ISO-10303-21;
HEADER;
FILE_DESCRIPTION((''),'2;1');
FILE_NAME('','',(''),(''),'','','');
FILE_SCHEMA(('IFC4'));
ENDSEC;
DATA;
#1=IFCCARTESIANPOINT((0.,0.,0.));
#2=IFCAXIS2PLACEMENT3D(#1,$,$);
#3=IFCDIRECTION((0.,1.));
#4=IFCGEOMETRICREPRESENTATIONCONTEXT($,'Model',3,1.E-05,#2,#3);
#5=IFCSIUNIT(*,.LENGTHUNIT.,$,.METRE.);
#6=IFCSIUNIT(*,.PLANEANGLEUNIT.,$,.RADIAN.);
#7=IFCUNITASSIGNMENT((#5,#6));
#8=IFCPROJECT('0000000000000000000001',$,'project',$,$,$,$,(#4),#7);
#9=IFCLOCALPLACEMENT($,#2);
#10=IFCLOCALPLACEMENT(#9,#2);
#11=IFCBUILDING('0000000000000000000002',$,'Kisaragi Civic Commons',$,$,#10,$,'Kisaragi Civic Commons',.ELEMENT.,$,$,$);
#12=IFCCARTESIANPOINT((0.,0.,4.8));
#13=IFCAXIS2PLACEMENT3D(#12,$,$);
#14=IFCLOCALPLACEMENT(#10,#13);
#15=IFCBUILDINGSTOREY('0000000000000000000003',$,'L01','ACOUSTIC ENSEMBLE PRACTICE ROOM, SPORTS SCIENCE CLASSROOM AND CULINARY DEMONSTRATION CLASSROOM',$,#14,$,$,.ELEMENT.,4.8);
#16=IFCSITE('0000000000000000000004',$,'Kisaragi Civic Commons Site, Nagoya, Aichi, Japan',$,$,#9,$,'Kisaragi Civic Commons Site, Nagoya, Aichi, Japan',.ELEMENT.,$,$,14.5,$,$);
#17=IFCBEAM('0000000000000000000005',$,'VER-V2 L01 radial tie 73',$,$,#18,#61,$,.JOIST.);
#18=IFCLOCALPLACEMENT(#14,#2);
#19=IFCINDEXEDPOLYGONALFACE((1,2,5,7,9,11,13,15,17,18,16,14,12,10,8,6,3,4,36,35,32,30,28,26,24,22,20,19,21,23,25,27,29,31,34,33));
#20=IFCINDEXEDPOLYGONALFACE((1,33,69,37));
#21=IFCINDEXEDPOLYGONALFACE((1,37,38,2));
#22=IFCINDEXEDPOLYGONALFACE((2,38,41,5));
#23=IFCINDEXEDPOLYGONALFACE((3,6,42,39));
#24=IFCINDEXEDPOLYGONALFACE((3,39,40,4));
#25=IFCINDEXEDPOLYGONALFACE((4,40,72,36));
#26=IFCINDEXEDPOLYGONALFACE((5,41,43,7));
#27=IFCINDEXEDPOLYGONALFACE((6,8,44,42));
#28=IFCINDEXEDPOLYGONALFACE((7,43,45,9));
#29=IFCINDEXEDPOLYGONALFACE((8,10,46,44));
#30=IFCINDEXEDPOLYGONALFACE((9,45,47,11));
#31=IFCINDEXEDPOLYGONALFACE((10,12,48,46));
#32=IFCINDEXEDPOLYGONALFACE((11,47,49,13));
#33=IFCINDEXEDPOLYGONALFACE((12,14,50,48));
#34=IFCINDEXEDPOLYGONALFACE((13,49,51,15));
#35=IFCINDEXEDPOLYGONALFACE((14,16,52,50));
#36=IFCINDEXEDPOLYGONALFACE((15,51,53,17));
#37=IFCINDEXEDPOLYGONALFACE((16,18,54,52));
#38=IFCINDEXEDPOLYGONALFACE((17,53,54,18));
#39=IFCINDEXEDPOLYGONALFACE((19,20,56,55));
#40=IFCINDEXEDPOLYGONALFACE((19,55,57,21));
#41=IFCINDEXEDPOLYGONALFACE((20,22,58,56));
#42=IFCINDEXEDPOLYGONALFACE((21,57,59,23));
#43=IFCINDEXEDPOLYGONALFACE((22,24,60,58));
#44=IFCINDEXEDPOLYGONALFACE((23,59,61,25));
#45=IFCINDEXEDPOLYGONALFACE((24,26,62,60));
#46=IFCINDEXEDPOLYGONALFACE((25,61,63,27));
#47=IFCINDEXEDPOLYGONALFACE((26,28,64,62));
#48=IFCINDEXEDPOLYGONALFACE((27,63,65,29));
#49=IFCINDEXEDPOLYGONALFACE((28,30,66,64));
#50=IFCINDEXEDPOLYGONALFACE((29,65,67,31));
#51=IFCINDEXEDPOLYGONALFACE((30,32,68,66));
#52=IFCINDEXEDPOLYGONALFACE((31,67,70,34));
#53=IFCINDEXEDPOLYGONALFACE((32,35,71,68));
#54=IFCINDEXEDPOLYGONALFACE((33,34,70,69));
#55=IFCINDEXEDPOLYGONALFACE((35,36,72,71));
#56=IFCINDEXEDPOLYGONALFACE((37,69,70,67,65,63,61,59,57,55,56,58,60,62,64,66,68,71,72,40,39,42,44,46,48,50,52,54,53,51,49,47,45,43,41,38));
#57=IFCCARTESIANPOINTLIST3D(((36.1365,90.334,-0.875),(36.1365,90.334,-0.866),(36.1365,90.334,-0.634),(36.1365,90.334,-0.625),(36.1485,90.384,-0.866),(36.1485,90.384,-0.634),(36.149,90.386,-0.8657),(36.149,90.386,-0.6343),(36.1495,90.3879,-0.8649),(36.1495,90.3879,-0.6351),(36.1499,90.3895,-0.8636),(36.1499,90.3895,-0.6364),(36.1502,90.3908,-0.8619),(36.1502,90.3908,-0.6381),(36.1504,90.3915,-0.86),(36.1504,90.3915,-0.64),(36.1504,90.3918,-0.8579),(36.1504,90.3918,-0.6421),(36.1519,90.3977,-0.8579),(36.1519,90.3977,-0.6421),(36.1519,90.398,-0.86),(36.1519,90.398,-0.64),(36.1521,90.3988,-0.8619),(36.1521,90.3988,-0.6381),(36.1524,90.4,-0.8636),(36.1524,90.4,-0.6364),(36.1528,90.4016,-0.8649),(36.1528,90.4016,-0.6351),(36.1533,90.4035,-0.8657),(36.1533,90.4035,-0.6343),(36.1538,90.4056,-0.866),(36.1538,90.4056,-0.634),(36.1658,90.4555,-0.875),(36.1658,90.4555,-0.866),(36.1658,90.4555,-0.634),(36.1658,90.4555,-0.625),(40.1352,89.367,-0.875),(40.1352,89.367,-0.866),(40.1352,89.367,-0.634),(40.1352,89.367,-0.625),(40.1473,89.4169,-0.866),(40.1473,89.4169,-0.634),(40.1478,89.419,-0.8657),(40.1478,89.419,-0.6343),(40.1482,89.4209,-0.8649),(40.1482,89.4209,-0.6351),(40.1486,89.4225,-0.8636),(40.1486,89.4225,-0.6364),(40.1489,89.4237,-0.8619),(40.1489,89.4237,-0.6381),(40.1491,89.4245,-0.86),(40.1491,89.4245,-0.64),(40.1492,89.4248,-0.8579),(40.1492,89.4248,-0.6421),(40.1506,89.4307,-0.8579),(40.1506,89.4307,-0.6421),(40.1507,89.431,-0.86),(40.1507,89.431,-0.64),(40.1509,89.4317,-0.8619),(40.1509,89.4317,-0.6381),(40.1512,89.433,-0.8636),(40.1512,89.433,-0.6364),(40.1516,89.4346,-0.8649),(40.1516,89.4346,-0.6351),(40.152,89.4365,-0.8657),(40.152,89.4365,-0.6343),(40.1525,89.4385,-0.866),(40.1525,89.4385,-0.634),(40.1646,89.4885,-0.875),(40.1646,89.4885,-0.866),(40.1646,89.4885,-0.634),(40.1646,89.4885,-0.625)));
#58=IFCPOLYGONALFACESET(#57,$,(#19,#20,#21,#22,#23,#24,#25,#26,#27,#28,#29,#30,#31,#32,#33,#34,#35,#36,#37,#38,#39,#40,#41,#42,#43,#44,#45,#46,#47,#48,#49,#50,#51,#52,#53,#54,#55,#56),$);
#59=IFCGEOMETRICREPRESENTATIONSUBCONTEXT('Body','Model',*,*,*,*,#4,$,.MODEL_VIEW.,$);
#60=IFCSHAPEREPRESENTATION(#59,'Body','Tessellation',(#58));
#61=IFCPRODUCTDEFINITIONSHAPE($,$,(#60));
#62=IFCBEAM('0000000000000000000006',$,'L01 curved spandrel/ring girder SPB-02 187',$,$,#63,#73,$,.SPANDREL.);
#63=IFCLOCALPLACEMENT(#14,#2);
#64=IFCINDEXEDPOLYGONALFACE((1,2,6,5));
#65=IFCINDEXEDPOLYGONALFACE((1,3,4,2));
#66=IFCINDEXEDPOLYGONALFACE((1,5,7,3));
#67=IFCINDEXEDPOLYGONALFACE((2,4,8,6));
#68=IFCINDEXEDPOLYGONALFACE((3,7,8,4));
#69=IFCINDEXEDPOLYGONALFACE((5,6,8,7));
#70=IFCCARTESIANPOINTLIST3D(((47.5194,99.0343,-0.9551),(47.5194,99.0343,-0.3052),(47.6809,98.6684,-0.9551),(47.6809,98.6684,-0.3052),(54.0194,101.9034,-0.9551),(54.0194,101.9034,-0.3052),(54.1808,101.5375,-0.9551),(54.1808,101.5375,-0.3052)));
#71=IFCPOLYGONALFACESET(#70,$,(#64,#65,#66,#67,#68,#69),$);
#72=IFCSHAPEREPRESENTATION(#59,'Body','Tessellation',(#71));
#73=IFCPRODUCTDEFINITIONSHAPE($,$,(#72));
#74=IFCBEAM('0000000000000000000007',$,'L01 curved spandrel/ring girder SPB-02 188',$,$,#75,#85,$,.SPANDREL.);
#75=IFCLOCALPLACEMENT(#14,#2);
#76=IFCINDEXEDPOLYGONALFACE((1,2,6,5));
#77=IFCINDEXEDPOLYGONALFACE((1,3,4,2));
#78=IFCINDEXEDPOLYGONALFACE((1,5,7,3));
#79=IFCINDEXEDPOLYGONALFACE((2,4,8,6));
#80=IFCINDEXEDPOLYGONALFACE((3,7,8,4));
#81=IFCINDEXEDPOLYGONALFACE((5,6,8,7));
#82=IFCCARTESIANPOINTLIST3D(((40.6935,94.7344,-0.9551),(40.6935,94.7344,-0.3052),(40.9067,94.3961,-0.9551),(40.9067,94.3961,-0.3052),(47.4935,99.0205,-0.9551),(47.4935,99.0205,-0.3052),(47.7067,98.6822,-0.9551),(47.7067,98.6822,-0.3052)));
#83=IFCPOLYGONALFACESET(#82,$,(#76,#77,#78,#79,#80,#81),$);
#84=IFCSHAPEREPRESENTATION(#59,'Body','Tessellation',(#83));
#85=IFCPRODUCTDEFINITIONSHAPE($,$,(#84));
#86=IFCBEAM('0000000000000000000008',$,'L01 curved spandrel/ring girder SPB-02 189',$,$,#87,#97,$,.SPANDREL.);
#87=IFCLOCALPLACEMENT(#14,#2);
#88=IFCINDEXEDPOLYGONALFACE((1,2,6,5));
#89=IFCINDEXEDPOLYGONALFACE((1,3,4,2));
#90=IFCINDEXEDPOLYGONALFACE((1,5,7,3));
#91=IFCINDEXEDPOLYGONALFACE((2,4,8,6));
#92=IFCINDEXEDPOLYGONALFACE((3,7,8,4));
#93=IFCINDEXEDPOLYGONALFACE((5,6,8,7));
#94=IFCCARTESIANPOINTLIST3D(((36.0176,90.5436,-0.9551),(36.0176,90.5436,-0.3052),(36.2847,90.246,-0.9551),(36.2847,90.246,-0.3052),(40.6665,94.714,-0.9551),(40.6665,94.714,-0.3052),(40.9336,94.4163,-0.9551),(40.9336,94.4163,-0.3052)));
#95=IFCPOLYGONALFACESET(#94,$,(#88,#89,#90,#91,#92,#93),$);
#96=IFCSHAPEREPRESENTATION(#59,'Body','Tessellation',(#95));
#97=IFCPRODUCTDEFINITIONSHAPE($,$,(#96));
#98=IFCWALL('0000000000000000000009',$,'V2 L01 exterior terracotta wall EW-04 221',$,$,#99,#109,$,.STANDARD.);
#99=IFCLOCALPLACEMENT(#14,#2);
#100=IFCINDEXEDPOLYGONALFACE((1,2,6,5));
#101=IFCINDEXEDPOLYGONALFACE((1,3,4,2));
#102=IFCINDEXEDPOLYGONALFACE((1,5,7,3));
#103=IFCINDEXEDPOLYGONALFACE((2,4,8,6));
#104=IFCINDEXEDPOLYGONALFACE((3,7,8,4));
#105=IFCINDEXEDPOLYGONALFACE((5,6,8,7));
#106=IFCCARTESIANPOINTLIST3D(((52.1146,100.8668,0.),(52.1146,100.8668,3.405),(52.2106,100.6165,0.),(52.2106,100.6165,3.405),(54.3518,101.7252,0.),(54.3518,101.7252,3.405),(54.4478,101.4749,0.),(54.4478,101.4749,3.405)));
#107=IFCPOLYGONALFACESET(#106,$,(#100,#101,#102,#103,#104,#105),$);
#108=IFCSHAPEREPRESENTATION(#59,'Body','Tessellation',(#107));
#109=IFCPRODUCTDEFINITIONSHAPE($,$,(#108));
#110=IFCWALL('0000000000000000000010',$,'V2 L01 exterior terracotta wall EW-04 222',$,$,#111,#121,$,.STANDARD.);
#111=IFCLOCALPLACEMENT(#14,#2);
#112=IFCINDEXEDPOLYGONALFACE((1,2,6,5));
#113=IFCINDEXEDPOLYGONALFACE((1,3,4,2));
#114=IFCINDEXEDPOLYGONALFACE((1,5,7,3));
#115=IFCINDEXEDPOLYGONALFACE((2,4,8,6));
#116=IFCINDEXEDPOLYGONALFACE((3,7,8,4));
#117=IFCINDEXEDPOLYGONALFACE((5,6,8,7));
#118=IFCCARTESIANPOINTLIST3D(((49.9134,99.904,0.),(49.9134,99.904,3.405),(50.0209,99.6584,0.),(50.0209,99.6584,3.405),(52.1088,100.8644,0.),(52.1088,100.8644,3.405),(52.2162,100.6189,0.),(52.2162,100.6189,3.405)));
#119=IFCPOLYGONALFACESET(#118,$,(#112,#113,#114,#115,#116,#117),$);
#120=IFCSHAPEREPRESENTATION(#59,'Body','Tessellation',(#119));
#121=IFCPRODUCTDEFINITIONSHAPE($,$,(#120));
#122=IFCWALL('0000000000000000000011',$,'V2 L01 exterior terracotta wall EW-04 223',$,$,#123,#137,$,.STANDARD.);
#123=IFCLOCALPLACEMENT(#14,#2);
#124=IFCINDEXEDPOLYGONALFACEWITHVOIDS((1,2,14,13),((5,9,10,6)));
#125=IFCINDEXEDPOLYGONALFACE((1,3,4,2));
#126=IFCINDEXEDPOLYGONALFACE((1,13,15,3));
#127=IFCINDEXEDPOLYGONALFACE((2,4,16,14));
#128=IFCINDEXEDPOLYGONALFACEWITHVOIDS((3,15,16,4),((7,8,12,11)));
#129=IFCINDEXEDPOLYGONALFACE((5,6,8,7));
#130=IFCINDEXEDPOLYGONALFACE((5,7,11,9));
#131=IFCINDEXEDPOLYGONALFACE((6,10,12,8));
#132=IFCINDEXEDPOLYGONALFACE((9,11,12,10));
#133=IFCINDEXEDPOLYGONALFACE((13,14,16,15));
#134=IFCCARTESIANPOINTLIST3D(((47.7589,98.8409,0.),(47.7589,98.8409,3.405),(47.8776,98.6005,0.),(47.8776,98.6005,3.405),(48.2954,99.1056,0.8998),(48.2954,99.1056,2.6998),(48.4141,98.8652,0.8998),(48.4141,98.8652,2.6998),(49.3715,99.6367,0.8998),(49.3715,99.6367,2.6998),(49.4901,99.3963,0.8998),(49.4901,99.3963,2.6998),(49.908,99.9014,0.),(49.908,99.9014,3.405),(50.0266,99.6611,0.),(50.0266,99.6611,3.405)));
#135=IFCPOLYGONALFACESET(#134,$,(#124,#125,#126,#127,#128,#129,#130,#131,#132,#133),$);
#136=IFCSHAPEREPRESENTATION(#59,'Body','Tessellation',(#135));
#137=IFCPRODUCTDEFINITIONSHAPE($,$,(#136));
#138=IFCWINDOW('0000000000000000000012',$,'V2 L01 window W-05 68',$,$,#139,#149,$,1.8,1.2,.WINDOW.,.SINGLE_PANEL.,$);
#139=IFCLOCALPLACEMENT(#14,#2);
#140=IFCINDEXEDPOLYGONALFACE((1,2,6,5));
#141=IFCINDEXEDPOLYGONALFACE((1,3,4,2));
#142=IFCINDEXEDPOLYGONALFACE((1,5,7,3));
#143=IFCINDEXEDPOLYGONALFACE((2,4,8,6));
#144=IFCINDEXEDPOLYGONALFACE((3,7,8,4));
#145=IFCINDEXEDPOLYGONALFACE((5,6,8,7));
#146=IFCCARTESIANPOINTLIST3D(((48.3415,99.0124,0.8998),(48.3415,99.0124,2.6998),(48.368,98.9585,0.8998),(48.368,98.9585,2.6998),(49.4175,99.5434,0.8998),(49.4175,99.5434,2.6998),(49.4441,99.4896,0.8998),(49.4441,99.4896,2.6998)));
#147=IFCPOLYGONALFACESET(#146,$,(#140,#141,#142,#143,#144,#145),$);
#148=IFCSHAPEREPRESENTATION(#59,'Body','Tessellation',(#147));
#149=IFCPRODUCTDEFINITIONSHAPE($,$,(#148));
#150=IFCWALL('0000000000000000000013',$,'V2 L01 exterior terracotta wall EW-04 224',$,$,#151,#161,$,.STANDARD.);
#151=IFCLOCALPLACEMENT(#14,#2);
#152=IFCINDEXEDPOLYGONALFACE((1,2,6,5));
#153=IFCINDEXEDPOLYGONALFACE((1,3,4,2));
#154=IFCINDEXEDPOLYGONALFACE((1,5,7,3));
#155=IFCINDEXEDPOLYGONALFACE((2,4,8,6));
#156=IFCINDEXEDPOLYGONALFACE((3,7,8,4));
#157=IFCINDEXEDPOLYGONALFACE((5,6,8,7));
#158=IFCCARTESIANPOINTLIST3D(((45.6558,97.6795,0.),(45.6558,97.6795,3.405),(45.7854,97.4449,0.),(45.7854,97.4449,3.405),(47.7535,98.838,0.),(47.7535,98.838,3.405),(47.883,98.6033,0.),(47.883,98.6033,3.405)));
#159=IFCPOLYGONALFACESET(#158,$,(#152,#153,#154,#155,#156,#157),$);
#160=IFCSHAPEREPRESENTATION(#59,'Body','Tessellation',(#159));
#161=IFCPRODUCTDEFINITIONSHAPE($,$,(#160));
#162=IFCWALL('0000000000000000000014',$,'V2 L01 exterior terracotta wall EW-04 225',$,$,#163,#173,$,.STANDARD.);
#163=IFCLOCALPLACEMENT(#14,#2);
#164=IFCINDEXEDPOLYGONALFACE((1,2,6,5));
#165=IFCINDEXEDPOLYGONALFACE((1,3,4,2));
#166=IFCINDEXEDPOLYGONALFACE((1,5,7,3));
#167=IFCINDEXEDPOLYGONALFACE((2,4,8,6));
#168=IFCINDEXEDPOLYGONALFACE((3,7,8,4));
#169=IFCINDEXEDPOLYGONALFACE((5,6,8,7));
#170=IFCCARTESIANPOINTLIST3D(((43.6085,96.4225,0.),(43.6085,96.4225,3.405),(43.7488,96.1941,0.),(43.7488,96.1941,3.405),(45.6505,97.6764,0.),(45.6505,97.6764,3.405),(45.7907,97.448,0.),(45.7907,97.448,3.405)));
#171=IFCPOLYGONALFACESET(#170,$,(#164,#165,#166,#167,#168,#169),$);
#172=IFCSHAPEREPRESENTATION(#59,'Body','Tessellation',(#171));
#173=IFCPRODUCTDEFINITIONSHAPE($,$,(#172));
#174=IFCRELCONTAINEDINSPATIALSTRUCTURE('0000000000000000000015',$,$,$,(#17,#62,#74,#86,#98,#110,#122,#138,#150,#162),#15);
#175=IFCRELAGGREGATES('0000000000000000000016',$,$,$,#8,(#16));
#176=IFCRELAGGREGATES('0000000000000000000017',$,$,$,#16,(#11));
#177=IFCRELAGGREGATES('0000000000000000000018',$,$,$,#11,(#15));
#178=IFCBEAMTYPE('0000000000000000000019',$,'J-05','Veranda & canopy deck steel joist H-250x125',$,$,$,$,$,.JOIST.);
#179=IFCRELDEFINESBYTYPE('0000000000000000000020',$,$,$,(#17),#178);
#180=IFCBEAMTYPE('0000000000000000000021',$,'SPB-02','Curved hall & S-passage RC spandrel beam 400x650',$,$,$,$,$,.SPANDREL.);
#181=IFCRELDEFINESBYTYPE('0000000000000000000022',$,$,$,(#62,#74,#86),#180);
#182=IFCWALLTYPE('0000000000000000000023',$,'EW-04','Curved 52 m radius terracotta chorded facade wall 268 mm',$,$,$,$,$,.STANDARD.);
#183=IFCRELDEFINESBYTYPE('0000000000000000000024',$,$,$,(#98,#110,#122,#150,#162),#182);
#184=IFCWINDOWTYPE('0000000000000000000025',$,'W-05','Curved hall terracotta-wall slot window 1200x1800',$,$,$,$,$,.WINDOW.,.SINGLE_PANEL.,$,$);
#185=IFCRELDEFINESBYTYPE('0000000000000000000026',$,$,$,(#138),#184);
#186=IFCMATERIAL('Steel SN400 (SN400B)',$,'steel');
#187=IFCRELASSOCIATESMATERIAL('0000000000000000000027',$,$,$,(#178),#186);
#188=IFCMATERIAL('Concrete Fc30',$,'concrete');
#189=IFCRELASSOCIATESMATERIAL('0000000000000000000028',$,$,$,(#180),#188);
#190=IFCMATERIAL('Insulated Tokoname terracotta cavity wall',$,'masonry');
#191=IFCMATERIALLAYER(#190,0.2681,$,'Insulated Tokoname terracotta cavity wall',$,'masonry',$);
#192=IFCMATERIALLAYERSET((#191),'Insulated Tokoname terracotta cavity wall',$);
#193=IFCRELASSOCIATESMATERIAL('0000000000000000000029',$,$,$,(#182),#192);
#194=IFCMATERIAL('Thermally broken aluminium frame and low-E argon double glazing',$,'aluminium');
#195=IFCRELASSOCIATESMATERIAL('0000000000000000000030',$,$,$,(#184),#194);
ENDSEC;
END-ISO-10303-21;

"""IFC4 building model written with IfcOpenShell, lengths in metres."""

from ifc_helpers import new_model, si_unit, direction, frame, frame_2d, origin, origin_2d, place, context, subcontext, project, spatial, rectangle, i_section, extrude, material, layer, layer_set, material_profile, profile_set, type_object, element, fill, save


model = new_model("IFC4")

# Units and contexts
model_context = context("Model", 3, precision=1e-05, world=origin(), true_north=direction((0.0, 1.0)))
body_context = subcontext(model_context, "Body", "Model", "MODEL_VIEW")
ifc_project = project(units=[si_unit("LENGTHUNIT", "METRE"), si_unit("PLANEANGLEUNIT", "RADIAN")], contexts=[model_context])

# Site, building, storey
site_placement = place(None, origin())
site = spatial("IfcSite", under=ifc_project, at=site_placement, Name="Kisaragi Civic Commons Site, Nagoya, Aichi, Japan", LongName="Kisaragi Civic Commons Site, Nagoya, Aichi, Japan", CompositionType="ELEMENT", RefElevation=14.5)
building_placement = place(site_placement, origin())
building = spatial("IfcBuilding", under=site, at=building_placement, Name="Kisaragi Civic Commons", LongName="Kisaragi Civic Commons", CompositionType="ELEMENT")
storey_placement = place(building_placement, frame((0.0, 0.0, 4.8)))
storey = spatial("IfcBuildingStorey", under=building, at=storey_placement, Name="L01", Description="ACOUSTIC ENSEMBLE PRACTICE ROOM, SPORTS SCIENCE CLASSROOM AND CULINARY DEMONSTRATION CLASSROOM", CompositionType="ELEMENT", Elevation=4.8)

# Shared definitions
ifc_material_1 = material(Name="Concrete Fc30", Category="concrete")

# Beams
ifc_material_2 = material(Name="Steel SN400 (SN400B)", Category="steel")
ifc_material_profile_1 = material_profile(ifc_material_2, i_section(OverallWidth=0.125, OverallDepth=0.25, WebThickness=0.0061, FlangeThickness=0.009, FilletRadius=0.0081, at=origin_2d()), Name="H-250x125x6x9", Category="steel")
ifc_profile_set_1 = profile_set([ifc_material_profile_1], Name="Steel SN400 (SN400B)")
beam_type_1 = type_object("IfcBeamType", Name="J-05", Description="Veranda & canopy deck steel joist H-250x125", PredefinedType="JOIST", material=ifc_profile_set_1)
beam_1_placement = place(storey_placement, frame((40.1499, 89.4277, -0.75), z_axis=(-0.971981, 0.235058, 0.0), x_axis=(-0.235058, -0.971981, 0.0)))
element("IfcBeam", 1, at=beam_1_placement, inside=storey, type_object=beam_type_1, Name="VER-V2 L01 radial tie 73", PredefinedType="JOIST", context=body_context, shape_type="SweptSolid", body=[
    extrude(i_section(OverallWidth=0.125, OverallDepth=0.25, WebThickness=0.0061, FlangeThickness=0.009, FilletRadius=0.0081, at=origin_2d()), origin(), (0.0, 0.0, 1.0), 4.114),
])
ifc_material_profile_2 = material_profile(ifc_material_1, rectangle(XDim=0.3999, YDim=0.6499, at=origin_2d()), Name="RC-400x650", Category="concrete")
ifc_profile_set_2 = profile_set([ifc_material_profile_2], Name="Concrete Fc30")
beam_type_2 = type_object("IfcBeamType", Name="SPB-02", Description="Curved hall & S-passage RC spandrel beam 400x650", PredefinedType="SPANDREL", material=ifc_profile_set_2)
beam_2_placement = place(storey_placement, frame((54.1001, 101.7205, -0.6301), z_axis=(-0.91484, -0.403816, 0.0), x_axis=(0.403816, -0.91484, 0.0)))
element("IfcBeam", 2, at=beam_2_placement, inside=storey, type_object=beam_type_2, Name="L01 curved spandrel/ring girder SPB-02 187", PredefinedType="SPANDREL", context=body_context, shape_type="SweptSolid", body=[
    extrude(rectangle(XDim=0.3999, YDim=0.6499, at=origin_2d()), origin(), (0.0, 0.0, 1.0), 7.105),
])
beam_3_placement = place(storey_placement, frame((47.6001, 98.8513, -0.6301), z_axis=(-0.845974, -0.533225, 0.0), x_axis=(0.533225, -0.845974, 0.0)))
element("IfcBeam", 3, at=beam_3_placement, inside=storey, type_object=beam_type_2, Name="L01 curved spandrel/ring girder SPB-02 188", PredefinedType="SPANDREL", context=body_context, shape_type="SweptSolid", body=[
    extrude(rectangle(XDim=0.3999, YDim=0.6499, at=origin_2d()), origin(), (0.0, 0.0, 1.0), 8.0381),
])
beam_4_placement = place(storey_placement, frame((40.8, 94.5652, -0.6301), z_axis=(-0.744378, -0.667759, 0.0), x_axis=(0.667759, -0.744378, 0.0)))
element("IfcBeam", 4, at=beam_4_placement, inside=storey, type_object=beam_type_2, Name="L01 curved spandrel/ring girder SPB-02 189", PredefinedType="SPANDREL", context=body_context, shape_type="SweptSolid", body=[
    extrude(rectangle(XDim=0.3999, YDim=0.6499, at=origin_2d()), origin(), (0.0, 0.0, 1.0), 6.2454),
])

# Walls
ifc_material_3 = material(Name="Insulated Tokoname terracotta cavity wall", Category="masonry")
ifc_layer = layer(ifc_material_3, 0.2681, Name="Insulated Tokoname terracotta cavity wall", Category="masonry")
ifc_layer_set = layer_set([ifc_layer], Name="Insulated Tokoname terracotta cavity wall")
wall_type = type_object("IfcWallType", Name="EW-04", Description="Curved 52 m radius terracotta chorded facade wall 268 mm", PredefinedType="STANDARD", material=ifc_layer_set)
for number, where, z_axis, x_axis, name in (
    (5, (54.3999, 101.6001, 0.0), (0.0, 0.0, 1.0), (-0.933639, -0.358214, 0.0), "V2 L01 exterior terracotta wall EW-04 221"),
    (6, (52.1626, 100.7417, 0.0), (0.0, 0.0, 1.0), (-0.916157, -0.400819, 0.0), "V2 L01 exterior terracotta wall EW-04 222"),
):
    element("IfcWall", number, at=place(storey_placement, frame(where, z_axis=z_axis, x_axis=x_axis)), inside=storey, type_object=wall_type, Name=name, PredefinedType="STANDARD", context=body_context, shape_type="SweptSolid", body=[
        extrude(rectangle(XDim=2.3962, YDim=0.2681, at=frame_2d((1.1982, 0.0))), origin(), (0.0, 0.0, 1.0), 3.405),
    ])

# Wall, opening, window
wall_1_placement = place(storey_placement, frame((49.9673, 99.7812, 0.0), z_axis=(0.0, 0.0, 1.0), x_axis=(-0.896738, -0.442562, 0.0)))
wall_1 = element("IfcWall", 7, at=wall_1_placement, inside=storey, type_object=wall_type, Name="V2 L01 exterior terracotta wall EW-04 223", PredefinedType="STANDARD", context=body_context, shape_type="SweptSolid", body=[
    extrude(rectangle(XDim=2.3965, YDim=0.2681, at=frame_2d((1.1982, 0.0))), origin(), (0.0, 0.0, 1.0), 3.405),
])
opening_1_placement = place(wall_1_placement, frame((0.5981, 0.0, 0.8999)))
opening_1 = element("IfcOpeningElement", 8, at=opening_1_placement, cuts=wall_1, PredefinedType="OPENING", context=body_context, shape_type="SweptSolid", body=[
    extrude(rectangle(XDim=1.2, YDim=1.8, at=frame_2d((0.6001, 0.8999))), frame((0.0, 0.144, 0.0), z_axis=(0.0, -1.0, 0.0), x_axis=(1.0, 0.0, 0.0)), (0.0, 0.0, 1.0), 0.2881),
])
ifc_material_4 = material(Name="Thermally broken aluminium frame and low-E argon double glazing", Category="aluminium")
window_type = type_object("IfcWindowType", Name="W-05", Description="Curved hall terracotta-wall slot window 1200x1800", PartitioningType="SINGLE_PANEL", PredefinedType="WINDOW", material=ifc_material_4)
window_1_placement = place(opening_1_placement, origin())
window_1 = element("IfcWindow", 9, at=window_1_placement, inside=storey, type_object=window_type, Name="V2 L01 window W-05 68", OverallHeight=1.8, OverallWidth=1.2, PartitioningType="SINGLE_PANEL", PredefinedType="WINDOW", context=body_context, shape_type="SweptSolid", body=[
    extrude(rectangle(XDim=1.2, YDim=1.8, at=frame_2d((0.6001, 0.8999))), frame((0.0, 0.03, 0.0), z_axis=(0.0, -1.0, 0.0), x_axis=(1.0, 0.0, 0.0)), (0.0, 0.0, 1.0), 0.0601),
])
fill(opening_1, window_1)

# Walls
for number, where, z_axis, x_axis, name in (
    (10, (47.8184, 98.7207, 0.0), (0.0, 0.0, 1.0), (-0.87538, -0.483436, 0.0), "V2 L01 exterior terracotta wall EW-04 224"),
    (11, (45.7207, 97.5623, 0.0), (0.0, 0.0, 1.0), (-0.852162, -0.523279, 0.0), "V2 L01 exterior terracotta wall EW-04 225"),
):
    element("IfcWall", number, at=place(storey_placement, frame(where, z_axis=z_axis, x_axis=x_axis)), inside=storey, type_object=wall_type, Name=name, PredefinedType="STANDARD", context=body_context, shape_type="SweptSolid", body=[
        extrude(rectangle(XDim=2.3962, YDim=0.2681, at=frame_2d((1.1982, 0.0))), origin(), (0.0, 0.0, 1.0), 3.405),
    ])

save(model, "model.ifc")
